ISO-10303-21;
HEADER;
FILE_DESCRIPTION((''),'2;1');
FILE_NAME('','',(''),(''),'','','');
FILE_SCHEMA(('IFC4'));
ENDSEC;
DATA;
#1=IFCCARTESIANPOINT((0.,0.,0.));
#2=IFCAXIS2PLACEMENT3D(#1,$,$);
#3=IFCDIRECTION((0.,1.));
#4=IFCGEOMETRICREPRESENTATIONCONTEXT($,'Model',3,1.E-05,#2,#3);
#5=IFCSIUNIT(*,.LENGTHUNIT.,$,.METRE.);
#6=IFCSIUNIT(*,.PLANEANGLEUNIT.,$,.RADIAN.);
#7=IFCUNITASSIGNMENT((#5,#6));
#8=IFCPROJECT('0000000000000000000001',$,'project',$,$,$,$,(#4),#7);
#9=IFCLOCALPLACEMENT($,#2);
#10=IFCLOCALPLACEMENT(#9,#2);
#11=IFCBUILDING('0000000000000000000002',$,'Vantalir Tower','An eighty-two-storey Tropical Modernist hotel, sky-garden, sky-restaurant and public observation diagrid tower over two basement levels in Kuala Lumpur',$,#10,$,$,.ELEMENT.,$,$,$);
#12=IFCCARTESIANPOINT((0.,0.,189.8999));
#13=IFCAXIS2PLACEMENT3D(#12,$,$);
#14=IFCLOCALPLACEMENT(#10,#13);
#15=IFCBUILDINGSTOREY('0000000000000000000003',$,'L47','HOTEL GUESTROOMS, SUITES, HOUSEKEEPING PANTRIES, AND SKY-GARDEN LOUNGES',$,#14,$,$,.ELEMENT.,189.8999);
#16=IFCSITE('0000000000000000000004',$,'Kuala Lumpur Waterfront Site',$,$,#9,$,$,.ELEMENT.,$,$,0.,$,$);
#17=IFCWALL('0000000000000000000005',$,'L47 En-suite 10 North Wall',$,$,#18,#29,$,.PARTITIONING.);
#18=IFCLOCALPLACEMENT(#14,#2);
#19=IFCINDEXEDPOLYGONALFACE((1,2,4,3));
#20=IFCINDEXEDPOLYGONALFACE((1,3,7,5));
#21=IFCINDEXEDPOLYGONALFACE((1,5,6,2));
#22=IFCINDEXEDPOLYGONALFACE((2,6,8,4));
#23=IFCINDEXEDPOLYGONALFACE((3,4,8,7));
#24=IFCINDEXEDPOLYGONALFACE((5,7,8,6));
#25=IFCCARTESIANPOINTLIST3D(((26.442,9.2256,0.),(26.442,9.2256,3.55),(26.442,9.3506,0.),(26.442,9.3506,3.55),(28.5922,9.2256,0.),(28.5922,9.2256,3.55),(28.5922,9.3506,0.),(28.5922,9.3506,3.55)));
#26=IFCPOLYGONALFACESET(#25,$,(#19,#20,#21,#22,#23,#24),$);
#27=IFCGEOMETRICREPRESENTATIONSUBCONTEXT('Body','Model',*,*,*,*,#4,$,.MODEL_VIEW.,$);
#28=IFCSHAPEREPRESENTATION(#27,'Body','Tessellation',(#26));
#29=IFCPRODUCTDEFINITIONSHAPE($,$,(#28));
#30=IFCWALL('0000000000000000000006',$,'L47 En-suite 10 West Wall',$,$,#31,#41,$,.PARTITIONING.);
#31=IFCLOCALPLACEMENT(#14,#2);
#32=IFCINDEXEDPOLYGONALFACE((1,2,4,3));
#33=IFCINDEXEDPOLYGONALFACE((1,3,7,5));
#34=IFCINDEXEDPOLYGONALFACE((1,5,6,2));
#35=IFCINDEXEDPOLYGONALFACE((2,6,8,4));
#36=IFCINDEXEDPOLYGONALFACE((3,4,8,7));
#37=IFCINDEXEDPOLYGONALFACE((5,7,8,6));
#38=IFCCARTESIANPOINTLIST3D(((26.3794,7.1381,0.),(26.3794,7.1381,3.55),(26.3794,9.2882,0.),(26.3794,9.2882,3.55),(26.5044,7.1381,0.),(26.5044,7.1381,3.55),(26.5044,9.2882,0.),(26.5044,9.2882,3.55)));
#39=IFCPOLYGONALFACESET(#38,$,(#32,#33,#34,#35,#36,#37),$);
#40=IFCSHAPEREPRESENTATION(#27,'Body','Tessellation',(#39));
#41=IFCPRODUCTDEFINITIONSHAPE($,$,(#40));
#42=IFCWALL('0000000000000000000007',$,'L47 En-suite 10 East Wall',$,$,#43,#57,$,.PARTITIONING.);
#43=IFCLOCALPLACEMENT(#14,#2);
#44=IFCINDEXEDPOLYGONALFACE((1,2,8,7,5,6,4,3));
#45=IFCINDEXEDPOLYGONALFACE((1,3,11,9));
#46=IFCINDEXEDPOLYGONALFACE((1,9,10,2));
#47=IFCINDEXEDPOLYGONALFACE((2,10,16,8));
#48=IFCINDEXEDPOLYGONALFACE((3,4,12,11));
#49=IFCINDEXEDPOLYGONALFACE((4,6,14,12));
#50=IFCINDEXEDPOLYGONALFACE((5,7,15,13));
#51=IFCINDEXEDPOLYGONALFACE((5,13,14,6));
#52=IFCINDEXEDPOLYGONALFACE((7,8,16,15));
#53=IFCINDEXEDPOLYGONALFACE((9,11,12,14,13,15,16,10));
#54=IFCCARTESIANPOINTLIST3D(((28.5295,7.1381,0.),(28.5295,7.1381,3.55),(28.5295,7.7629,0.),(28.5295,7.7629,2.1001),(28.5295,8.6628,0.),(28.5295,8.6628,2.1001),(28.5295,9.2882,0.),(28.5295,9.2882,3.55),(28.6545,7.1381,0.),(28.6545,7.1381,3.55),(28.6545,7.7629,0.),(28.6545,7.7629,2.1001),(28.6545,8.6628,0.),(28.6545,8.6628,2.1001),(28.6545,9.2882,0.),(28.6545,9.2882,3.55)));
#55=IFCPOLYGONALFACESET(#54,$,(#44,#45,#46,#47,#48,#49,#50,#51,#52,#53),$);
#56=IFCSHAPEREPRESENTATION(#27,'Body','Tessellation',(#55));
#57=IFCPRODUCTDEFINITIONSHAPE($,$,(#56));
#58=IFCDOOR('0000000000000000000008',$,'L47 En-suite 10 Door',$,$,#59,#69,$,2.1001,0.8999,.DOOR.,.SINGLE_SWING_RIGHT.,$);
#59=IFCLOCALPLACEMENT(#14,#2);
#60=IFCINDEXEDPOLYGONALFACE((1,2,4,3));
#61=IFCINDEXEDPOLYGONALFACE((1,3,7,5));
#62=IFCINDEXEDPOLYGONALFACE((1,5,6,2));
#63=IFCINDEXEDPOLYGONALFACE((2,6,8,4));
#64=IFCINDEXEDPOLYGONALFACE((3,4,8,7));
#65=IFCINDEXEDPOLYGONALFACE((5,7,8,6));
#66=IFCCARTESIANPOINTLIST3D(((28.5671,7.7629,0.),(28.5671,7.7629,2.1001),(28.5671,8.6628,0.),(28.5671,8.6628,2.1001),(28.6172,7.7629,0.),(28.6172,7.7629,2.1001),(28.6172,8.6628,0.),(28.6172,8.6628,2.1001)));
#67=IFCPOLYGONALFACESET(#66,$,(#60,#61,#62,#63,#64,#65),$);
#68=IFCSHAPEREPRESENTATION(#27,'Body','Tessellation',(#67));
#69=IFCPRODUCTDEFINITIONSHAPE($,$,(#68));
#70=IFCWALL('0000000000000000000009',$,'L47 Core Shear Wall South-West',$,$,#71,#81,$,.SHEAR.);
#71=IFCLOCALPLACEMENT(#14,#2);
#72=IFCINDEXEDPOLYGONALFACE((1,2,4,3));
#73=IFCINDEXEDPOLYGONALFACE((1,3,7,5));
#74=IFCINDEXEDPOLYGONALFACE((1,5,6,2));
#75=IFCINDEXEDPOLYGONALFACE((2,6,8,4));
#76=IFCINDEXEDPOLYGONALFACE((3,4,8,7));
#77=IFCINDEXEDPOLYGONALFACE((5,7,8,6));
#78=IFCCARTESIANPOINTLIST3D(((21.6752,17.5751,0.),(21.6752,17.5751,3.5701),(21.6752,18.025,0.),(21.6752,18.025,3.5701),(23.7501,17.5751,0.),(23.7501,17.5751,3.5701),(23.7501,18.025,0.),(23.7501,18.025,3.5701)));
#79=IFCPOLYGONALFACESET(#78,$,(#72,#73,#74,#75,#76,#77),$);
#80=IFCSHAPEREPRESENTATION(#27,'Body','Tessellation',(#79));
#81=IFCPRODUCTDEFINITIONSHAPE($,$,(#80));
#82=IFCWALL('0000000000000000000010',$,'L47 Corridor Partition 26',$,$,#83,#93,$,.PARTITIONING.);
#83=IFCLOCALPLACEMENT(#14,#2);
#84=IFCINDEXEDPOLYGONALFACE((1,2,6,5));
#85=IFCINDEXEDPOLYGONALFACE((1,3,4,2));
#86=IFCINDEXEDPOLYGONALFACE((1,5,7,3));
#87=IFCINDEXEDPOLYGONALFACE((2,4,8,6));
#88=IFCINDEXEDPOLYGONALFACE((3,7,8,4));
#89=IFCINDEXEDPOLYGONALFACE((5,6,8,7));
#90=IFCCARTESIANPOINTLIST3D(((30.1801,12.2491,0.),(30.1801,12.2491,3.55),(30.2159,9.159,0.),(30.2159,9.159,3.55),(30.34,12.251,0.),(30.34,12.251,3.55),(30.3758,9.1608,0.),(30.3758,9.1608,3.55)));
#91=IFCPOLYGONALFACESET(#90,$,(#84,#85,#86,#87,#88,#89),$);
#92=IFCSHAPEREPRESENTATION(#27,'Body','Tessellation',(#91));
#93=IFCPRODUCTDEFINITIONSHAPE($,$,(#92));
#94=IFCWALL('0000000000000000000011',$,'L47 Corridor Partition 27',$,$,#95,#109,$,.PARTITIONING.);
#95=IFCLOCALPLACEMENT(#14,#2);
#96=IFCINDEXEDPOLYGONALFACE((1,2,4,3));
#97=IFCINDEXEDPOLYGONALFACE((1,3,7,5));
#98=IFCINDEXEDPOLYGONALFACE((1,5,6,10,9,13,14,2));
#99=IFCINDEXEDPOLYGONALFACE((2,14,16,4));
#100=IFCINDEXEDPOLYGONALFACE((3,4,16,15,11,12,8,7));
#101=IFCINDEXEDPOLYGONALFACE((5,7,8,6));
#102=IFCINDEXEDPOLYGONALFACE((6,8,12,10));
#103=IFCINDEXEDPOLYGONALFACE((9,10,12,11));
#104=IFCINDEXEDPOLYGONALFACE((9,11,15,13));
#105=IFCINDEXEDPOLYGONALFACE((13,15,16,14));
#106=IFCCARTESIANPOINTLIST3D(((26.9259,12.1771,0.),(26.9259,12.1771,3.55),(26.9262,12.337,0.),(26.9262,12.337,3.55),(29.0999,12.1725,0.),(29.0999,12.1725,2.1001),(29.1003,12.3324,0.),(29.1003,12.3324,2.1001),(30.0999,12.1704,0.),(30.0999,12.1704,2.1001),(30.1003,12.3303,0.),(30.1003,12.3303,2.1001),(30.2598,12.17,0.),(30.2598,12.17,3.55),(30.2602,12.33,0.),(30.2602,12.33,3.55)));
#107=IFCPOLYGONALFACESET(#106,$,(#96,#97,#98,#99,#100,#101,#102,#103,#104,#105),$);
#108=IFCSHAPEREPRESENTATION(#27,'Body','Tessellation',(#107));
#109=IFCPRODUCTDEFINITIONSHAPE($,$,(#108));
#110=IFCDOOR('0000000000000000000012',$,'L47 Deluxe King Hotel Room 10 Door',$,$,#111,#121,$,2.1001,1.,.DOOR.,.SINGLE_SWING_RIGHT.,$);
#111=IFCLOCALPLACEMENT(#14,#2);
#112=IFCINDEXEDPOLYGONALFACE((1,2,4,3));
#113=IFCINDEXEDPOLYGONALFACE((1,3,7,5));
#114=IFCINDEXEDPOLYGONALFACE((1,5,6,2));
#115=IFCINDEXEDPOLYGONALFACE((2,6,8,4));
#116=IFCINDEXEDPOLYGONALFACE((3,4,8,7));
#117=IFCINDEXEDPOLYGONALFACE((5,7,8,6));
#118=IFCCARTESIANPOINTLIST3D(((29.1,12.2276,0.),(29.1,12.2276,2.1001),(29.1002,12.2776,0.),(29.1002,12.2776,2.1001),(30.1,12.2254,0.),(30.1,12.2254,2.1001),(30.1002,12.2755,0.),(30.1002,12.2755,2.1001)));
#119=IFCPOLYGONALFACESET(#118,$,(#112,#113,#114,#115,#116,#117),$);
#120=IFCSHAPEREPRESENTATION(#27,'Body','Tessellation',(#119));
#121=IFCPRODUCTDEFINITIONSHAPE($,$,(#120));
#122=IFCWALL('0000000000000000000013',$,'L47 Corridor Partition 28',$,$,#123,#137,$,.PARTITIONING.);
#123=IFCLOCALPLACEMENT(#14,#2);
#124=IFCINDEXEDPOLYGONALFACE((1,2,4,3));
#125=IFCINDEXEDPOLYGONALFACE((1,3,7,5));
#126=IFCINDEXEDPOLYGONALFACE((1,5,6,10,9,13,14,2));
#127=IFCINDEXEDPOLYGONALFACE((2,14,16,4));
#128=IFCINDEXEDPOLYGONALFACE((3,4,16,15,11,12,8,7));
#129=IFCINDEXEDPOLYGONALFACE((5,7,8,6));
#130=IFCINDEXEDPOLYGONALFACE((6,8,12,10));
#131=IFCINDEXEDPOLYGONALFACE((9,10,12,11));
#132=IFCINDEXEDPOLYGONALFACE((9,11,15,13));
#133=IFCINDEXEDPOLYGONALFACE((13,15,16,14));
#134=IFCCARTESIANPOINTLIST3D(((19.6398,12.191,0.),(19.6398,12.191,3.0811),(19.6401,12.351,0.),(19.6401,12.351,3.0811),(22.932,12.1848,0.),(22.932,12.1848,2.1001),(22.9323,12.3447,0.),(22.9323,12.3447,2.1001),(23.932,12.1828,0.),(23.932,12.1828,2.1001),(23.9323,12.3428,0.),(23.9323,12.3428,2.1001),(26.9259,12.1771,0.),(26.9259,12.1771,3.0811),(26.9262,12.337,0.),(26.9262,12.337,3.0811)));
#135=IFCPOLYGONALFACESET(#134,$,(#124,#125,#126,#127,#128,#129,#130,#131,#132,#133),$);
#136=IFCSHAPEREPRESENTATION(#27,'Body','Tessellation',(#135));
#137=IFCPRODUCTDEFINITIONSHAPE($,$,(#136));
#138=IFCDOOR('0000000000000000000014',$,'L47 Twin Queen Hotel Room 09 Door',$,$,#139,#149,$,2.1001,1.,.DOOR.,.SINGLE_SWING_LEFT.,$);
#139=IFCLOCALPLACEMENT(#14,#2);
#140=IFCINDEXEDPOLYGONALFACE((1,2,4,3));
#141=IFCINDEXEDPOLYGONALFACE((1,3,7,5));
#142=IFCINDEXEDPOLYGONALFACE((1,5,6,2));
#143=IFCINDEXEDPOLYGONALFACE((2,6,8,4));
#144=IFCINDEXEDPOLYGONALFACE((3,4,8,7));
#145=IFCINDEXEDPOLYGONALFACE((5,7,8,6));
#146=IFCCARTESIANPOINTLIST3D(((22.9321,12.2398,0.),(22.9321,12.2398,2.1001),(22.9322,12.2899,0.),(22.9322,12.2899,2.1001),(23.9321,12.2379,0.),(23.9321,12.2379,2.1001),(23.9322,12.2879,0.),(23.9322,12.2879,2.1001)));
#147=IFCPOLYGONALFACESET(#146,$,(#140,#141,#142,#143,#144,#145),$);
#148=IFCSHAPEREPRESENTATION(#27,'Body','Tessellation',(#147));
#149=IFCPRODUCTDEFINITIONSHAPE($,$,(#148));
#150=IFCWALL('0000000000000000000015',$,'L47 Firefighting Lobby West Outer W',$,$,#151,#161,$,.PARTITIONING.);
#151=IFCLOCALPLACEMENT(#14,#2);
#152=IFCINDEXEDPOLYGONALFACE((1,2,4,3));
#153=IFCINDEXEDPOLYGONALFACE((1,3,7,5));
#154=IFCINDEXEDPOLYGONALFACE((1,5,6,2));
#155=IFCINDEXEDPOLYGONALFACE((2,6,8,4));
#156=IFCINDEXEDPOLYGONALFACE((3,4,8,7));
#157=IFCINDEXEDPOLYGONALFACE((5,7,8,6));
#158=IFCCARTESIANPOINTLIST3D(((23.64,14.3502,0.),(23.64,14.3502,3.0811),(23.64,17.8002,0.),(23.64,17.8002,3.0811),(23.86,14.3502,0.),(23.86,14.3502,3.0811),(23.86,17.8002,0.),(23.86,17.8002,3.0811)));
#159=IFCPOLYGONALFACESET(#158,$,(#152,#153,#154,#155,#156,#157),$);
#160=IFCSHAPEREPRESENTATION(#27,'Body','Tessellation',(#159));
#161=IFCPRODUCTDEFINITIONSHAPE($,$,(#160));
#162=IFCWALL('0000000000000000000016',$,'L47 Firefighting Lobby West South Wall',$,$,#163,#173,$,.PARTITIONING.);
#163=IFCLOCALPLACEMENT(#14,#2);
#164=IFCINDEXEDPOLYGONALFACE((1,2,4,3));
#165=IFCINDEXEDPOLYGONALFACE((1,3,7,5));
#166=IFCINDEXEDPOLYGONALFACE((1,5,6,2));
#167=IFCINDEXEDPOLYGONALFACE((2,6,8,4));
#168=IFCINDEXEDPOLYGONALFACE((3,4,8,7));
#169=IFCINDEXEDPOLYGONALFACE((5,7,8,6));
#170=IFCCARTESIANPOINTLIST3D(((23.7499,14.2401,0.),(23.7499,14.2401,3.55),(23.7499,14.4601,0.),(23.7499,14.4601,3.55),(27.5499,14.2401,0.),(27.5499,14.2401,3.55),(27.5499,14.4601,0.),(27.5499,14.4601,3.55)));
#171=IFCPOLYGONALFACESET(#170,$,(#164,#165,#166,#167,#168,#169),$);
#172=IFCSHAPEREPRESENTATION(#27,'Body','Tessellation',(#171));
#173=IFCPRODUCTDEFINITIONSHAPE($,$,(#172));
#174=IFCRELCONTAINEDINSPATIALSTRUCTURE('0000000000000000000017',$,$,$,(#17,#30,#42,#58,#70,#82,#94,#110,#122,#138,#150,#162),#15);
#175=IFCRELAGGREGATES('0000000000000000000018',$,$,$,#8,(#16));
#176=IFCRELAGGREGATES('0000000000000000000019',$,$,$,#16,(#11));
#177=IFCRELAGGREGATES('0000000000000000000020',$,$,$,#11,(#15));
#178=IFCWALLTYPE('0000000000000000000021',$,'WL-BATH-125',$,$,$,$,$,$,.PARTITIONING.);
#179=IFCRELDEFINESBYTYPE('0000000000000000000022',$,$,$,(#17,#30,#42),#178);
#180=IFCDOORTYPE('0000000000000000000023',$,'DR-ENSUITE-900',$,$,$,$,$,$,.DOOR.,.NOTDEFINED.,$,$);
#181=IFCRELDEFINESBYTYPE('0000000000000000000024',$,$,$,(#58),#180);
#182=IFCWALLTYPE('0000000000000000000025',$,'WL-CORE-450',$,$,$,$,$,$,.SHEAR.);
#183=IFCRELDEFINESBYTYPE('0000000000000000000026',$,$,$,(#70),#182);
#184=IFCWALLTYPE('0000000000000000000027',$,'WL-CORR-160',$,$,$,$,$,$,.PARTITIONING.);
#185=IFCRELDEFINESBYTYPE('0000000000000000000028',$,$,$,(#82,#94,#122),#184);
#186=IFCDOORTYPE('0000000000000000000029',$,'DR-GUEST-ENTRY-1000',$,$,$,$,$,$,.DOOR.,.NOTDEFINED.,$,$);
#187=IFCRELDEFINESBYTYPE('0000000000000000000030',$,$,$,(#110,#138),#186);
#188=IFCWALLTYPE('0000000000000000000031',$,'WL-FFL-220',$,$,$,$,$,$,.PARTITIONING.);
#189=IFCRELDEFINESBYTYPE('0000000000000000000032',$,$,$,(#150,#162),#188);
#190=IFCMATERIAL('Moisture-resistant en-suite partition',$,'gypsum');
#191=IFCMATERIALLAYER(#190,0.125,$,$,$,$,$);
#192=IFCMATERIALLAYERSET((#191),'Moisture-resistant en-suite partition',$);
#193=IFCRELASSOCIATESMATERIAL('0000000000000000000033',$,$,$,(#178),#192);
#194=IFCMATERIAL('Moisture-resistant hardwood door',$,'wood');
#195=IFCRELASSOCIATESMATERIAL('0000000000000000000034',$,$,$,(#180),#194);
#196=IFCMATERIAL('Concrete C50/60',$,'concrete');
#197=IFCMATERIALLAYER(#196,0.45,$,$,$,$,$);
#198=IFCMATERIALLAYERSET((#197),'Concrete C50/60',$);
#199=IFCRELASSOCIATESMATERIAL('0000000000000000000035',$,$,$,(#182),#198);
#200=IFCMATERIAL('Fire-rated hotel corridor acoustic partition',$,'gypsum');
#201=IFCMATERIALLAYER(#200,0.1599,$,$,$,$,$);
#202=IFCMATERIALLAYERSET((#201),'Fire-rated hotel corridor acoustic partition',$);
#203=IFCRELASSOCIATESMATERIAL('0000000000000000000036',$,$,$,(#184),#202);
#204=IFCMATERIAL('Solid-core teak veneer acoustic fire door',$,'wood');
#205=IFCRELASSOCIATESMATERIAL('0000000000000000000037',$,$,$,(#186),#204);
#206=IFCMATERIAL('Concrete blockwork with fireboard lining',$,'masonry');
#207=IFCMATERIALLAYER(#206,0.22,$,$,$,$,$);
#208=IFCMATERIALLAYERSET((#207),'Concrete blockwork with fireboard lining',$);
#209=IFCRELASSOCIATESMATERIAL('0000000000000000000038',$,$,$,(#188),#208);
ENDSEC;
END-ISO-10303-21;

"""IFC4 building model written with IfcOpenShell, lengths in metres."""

from ifc_helpers import new_model, si_unit, direction, frame, frame_2d, origin, place, context, subcontext, project, spatial, rectangle, extrude, material, layer, layer_set, type_object, element, fill, save


model = new_model("IFC4")

# Units and contexts
model_context = context("Model", 3, precision=1e-05, world=origin(), true_north=direction((0.0, 1.0)))
body_context = subcontext(model_context, "Body", "Model", "MODEL_VIEW")
ifc_project = project(units=[si_unit("LENGTHUNIT", "METRE"), si_unit("PLANEANGLEUNIT", "RADIAN")], contexts=[model_context])

# Site, building, storey
site_placement = place(None, origin())
site = spatial("IfcSite", under=ifc_project, at=site_placement, Name="Kuala Lumpur Waterfront Site", CompositionType="ELEMENT", RefElevation=0.0)
building_placement = place(site_placement, origin())
building = spatial("IfcBuilding", under=site, at=building_placement, Name="Vantalir Tower", Description="An eighty-two-storey Tropical Modernist hotel, sky-garden, sky-restaurant and public observation diagrid tower over two basement levels in Kuala Lumpur", CompositionType="ELEMENT")
storey_placement = place(building_placement, frame((0.0, 0.0, 189.8999)))
storey = spatial("IfcBuildingStorey", under=building, at=storey_placement, Name="L47", Description="HOTEL GUESTROOMS, SUITES, HOUSEKEEPING PANTRIES, AND SKY-GARDEN LOUNGES", CompositionType="ELEMENT", Elevation=189.8999)

# Shared definitions
ifc_material_1 = material(Name="Concrete C50/60", Category="concrete")

# Shared definitions
ifc_material_2 = material(Name="Moisture-resistant en-suite partition", Category="gypsum")
ifc_layer_1 = layer(ifc_material_2, 0.125)
ifc_layer_set_1 = layer_set([ifc_layer_1], Name="Moisture-resistant en-suite partition")
wall_type_1 = type_object("IfcWallType", Name="WL-BATH-125", PredefinedType="PARTITIONING", material=ifc_layer_set_1)
ifc_material_3 = material(Name="Moisture-resistant hardwood door", Category="wood")
door_type_1 = type_object("IfcDoorType", Name="DR-ENSUITE-900", OperationType="NOTDEFINED", PredefinedType="DOOR", material=ifc_material_3)

# Walls
for number, where, z_axis, x_axis, name in (
    (1, (26.4419, 9.2881, 0.0), (0.0, 0.0, 1.0), (1.0, 0.0, 0.0), "L47 En-suite 10 North Wall"),
    (2, (26.4419, 7.1379, 0.0), (0.0, 0.0, 1.0), (0.0, 1.0, 0.0), "L47 En-suite 10 West Wall"),
):
    element("IfcWall", number, at=place(storey_placement, frame(where, z_axis=z_axis, x_axis=x_axis)), inside=storey, type_object=wall_type_1, Name=name, PredefinedType="PARTITIONING", context=body_context, shape_type="SweptSolid", body=[
        extrude(rectangle(XDim=2.1501, YDim=0.125, at=frame_2d((1.0752, 0.0))), origin(), (0.0, 0.0, 1.0), 3.55),
    ])

# Wall, opening, door
wall_1_placement = place(storey_placement, frame((28.592, 7.1379, 0.0), z_axis=(0.0, 0.0, 1.0), x_axis=(0.0, 1.0, 0.0)))
wall_1 = element("IfcWall", 3, at=wall_1_placement, inside=storey, type_object=wall_type_1, Name="L47 En-suite 10 East Wall", PredefinedType="PARTITIONING", context=body_context, shape_type="SweptSolid", body=[
    extrude(rectangle(XDim=2.1501, YDim=0.125, at=frame_2d((1.0752, 0.0))), origin(), (0.0, 0.0, 1.0), 3.55),
])
opening_1_placement = place(wall_1_placement, frame((0.625, 0.0, 0.0)))
opening_1 = element("IfcOpeningElement", 4, at=opening_1_placement, cuts=wall_1, PredefinedType="OPENING", context=body_context, shape_type="SweptSolid", body=[
    extrude(rectangle(XDim=0.8999, YDim=2.1001, at=frame_2d((0.45, 1.05))), frame((0.0, 0.0725, 0.0), z_axis=(0.0, -1.0, 0.0), x_axis=(1.0, 0.0, 0.0)), (0.0, 0.0, 1.0), 0.145),
])
door_1_placement = place(opening_1_placement, origin())
door_1 = element("IfcDoor", 5, at=door_1_placement, inside=storey, type_object=door_type_1, Name="L47 En-suite 10 Door", OperationType="SINGLE_SWING_RIGHT", OverallHeight=2.1001, OverallWidth=0.8999, PredefinedType="DOOR", context=body_context, shape_type="SweptSolid", body=[
    extrude(rectangle(XDim=0.8999, YDim=2.1001, at=frame_2d((0.45, 1.05))), frame((0.0, 0.0249, 0.0), z_axis=(0.0, -1.0, 0.0), x_axis=(1.0, 0.0, 0.0)), (0.0, 0.0, 1.0), 0.05),
])
fill(opening_1, door_1)

# Walls
ifc_layer_2 = layer(ifc_material_1, 0.45)
ifc_layer_set_2 = layer_set([ifc_layer_2], Name="Concrete C50/60")
wall_type_2 = type_object("IfcWallType", Name="WL-CORE-450", PredefinedType="SHEAR", material=ifc_layer_set_2)
wall_2_placement = place(storey_placement, frame((21.675, 17.8, 0.0), z_axis=(0.0, 0.0, 1.0), x_axis=(1.0, 0.0, 0.0)))
element("IfcWall", 6, at=wall_2_placement, inside=storey, type_object=wall_type_2, Name="L47 Core Shear Wall South-West", PredefinedType="SHEAR", context=body_context, shape_type="SweptSolid", body=[
    extrude(rectangle(XDim=2.075, YDim=0.45, at=frame_2d((1.0376, 0.0))), origin(), (0.0, 0.0, 1.0), 3.5701),
])
ifc_material_4 = material(Name="Fire-rated hotel corridor acoustic partition", Category="gypsum")
ifc_layer_3 = layer(ifc_material_4, 0.1599)
ifc_layer_set_3 = layer_set([ifc_layer_3], Name="Fire-rated hotel corridor acoustic partition")
wall_type_3 = type_object("IfcWallType", Name="WL-CORR-160", PredefinedType="PARTITIONING", material=ifc_layer_set_3)
wall_3_placement = place(storey_placement, frame((30.2959, 9.1599, 0.0), z_axis=(0.0, 0.0, 1.0), x_axis=(-0.011613, 0.999933, 0.0)))
element("IfcWall", 7, at=wall_3_placement, inside=storey, type_object=wall_type_3, Name="L47 Corridor Partition 26", PredefinedType="PARTITIONING", context=body_context, shape_type="SweptSolid", body=[
    extrude(rectangle(XDim=3.0903, YDim=0.1599, at=frame_2d((1.5452, 0.0))), origin(), (0.0, 0.0, 1.0), 3.55),
])

# Walls, openings, doors
wall_4_placement = place(storey_placement, frame((30.26, 12.25, 0.0), z_axis=(0.0, 0.0, 1.0), x_axis=(-0.999998, 0.002124, 0.0)))
wall_4 = element("IfcWall", 8, at=wall_4_placement, inside=storey, type_object=wall_type_3, Name="L47 Corridor Partition 27", PredefinedType="PARTITIONING", context=body_context, shape_type="SweptSolid", body=[
    extrude(rectangle(XDim=3.334, YDim=0.1599, at=frame_2d((1.667, 0.0))), origin(), (0.0, 0.0, 1.0), 3.55),
])
opening_2_placement = place(wall_4_placement, frame((0.1599, 0.0, 0.0)))
opening_2 = element("IfcOpeningElement", 9, at=opening_2_placement, cuts=wall_4, PredefinedType="OPENING", context=body_context, shape_type="SweptSolid", body=[
    extrude(rectangle(XDim=1.0, YDim=2.1001, at=frame_2d((0.5, 1.05))), frame((0.0, 0.0898, 0.0), z_axis=(0.0, -1.0, 0.0), x_axis=(1.0, 0.0, 0.0)), (0.0, 0.0, 1.0), 0.1799),
])
ifc_material_5 = material(Name="Solid-core teak veneer acoustic fire door", Category="wood")
door_type_2 = type_object("IfcDoorType", Name="DR-GUEST-ENTRY-1000", OperationType="NOTDEFINED", PredefinedType="DOOR", material=ifc_material_5)
door_2_placement = place(opening_2_placement, origin())
door_2 = element("IfcDoor", 10, at=door_2_placement, inside=storey, type_object=door_type_2, Name="L47 Deluxe King Hotel Room 10 Door", OperationType="SINGLE_SWING_RIGHT", OverallHeight=2.1001, OverallWidth=1.0, PredefinedType="DOOR", context=body_context, shape_type="SweptSolid", body=[
    extrude(rectangle(XDim=1.0, YDim=2.1001, at=frame_2d((0.5, 1.05))), frame((0.0, 0.0249, 0.0), z_axis=(0.0, -1.0, 0.0), x_axis=(1.0, 0.0, 0.0)), (0.0, 0.0, 1.0), 0.05),
])
fill(opening_2, door_2)
wall_5_placement = place(storey_placement, frame((26.926, 12.2571, 0.0), z_axis=(0.0, 0.0, 1.0), x_axis=(-0.999998, 0.00191, 0.0)))
wall_5 = element("IfcWall", 11, at=wall_5_placement, inside=storey, type_object=wall_type_3, Name="L47 Corridor Partition 28", PredefinedType="PARTITIONING", context=body_context, shape_type="SweptSolid", body=[
    extrude(rectangle(XDim=7.2861, YDim=0.1599, at=frame_2d((3.6431, 0.0))), origin(), (0.0, 0.0, 1.0), 3.0811),
])
opening_3_placement = place(wall_5_placement, frame((2.9939, 0.0, 0.0)))
opening_3 = element("IfcOpeningElement", 12, at=opening_3_placement, cuts=wall_5, PredefinedType="OPENING", context=body_context, shape_type="SweptSolid", body=[
    extrude(rectangle(XDim=1.0, YDim=2.1001, at=frame_2d((0.5, 1.05))), frame((0.0, 0.0898, 0.0), z_axis=(0.0, -1.0, 0.0), x_axis=(1.0, 0.0, 0.0)), (0.0, 0.0, 1.0), 0.1799),
])
door_3_placement = place(opening_3_placement, origin())
door_3 = element("IfcDoor", 13, at=door_3_placement, inside=storey, type_object=door_type_2, Name="L47 Twin Queen Hotel Room 09 Door", OperationType="SINGLE_SWING_LEFT", OverallHeight=2.1001, OverallWidth=1.0, PredefinedType="DOOR", context=body_context, shape_type="SweptSolid", body=[
    extrude(rectangle(XDim=1.0, YDim=2.1001, at=frame_2d((0.5, 1.05))), frame((0.0, 0.0249, 0.0), z_axis=(0.0, -1.0, 0.0), x_axis=(1.0, 0.0, 0.0)), (0.0, 0.0, 1.0), 0.05),
])
fill(opening_3, door_3)

# Walls
ifc_material_6 = material(Name="Concrete blockwork with fireboard lining", Category="masonry")
ifc_layer_4 = layer(ifc_material_6, 0.22)
ifc_layer_set_4 = layer_set([ifc_layer_4], Name="Concrete blockwork with fireboard lining")
wall_type_4 = type_object("IfcWallType", Name="WL-FFL-220", PredefinedType="PARTITIONING", material=ifc_layer_set_4)
wall_6_placement = place(storey_placement, frame((23.75, 14.3501, 0.0), z_axis=(0.0, 0.0, 1.0), x_axis=(0.0, 1.0, 0.0)))
element("IfcWall", 14, at=wall_6_placement, inside=storey, type_object=wall_type_4, Name="L47 Firefighting Lobby West Outer W", PredefinedType="PARTITIONING", context=body_context, shape_type="SweptSolid", body=[
    extrude(rectangle(XDim=3.45, YDim=0.22, at=frame_2d((1.7251, 0.0))), origin(), (0.0, 0.0, 1.0), 3.0811),
])
wall_7_placement = place(storey_placement, frame((23.75, 14.3501, 0.0), z_axis=(0.0, 0.0, 1.0), x_axis=(1.0, 0.0, 0.0)))
element("IfcWall", 15, at=wall_7_placement, inside=storey, type_object=wall_type_4, Name="L47 Firefighting Lobby West South Wall", PredefinedType="PARTITIONING", context=body_context, shape_type="SweptSolid", body=[
    extrude(rectangle(XDim=3.8, YDim=0.22, at=frame_2d((1.8999, 0.0))), origin(), (0.0, 0.0, 1.0), 3.55),
])

save(model, "model.ifc")
